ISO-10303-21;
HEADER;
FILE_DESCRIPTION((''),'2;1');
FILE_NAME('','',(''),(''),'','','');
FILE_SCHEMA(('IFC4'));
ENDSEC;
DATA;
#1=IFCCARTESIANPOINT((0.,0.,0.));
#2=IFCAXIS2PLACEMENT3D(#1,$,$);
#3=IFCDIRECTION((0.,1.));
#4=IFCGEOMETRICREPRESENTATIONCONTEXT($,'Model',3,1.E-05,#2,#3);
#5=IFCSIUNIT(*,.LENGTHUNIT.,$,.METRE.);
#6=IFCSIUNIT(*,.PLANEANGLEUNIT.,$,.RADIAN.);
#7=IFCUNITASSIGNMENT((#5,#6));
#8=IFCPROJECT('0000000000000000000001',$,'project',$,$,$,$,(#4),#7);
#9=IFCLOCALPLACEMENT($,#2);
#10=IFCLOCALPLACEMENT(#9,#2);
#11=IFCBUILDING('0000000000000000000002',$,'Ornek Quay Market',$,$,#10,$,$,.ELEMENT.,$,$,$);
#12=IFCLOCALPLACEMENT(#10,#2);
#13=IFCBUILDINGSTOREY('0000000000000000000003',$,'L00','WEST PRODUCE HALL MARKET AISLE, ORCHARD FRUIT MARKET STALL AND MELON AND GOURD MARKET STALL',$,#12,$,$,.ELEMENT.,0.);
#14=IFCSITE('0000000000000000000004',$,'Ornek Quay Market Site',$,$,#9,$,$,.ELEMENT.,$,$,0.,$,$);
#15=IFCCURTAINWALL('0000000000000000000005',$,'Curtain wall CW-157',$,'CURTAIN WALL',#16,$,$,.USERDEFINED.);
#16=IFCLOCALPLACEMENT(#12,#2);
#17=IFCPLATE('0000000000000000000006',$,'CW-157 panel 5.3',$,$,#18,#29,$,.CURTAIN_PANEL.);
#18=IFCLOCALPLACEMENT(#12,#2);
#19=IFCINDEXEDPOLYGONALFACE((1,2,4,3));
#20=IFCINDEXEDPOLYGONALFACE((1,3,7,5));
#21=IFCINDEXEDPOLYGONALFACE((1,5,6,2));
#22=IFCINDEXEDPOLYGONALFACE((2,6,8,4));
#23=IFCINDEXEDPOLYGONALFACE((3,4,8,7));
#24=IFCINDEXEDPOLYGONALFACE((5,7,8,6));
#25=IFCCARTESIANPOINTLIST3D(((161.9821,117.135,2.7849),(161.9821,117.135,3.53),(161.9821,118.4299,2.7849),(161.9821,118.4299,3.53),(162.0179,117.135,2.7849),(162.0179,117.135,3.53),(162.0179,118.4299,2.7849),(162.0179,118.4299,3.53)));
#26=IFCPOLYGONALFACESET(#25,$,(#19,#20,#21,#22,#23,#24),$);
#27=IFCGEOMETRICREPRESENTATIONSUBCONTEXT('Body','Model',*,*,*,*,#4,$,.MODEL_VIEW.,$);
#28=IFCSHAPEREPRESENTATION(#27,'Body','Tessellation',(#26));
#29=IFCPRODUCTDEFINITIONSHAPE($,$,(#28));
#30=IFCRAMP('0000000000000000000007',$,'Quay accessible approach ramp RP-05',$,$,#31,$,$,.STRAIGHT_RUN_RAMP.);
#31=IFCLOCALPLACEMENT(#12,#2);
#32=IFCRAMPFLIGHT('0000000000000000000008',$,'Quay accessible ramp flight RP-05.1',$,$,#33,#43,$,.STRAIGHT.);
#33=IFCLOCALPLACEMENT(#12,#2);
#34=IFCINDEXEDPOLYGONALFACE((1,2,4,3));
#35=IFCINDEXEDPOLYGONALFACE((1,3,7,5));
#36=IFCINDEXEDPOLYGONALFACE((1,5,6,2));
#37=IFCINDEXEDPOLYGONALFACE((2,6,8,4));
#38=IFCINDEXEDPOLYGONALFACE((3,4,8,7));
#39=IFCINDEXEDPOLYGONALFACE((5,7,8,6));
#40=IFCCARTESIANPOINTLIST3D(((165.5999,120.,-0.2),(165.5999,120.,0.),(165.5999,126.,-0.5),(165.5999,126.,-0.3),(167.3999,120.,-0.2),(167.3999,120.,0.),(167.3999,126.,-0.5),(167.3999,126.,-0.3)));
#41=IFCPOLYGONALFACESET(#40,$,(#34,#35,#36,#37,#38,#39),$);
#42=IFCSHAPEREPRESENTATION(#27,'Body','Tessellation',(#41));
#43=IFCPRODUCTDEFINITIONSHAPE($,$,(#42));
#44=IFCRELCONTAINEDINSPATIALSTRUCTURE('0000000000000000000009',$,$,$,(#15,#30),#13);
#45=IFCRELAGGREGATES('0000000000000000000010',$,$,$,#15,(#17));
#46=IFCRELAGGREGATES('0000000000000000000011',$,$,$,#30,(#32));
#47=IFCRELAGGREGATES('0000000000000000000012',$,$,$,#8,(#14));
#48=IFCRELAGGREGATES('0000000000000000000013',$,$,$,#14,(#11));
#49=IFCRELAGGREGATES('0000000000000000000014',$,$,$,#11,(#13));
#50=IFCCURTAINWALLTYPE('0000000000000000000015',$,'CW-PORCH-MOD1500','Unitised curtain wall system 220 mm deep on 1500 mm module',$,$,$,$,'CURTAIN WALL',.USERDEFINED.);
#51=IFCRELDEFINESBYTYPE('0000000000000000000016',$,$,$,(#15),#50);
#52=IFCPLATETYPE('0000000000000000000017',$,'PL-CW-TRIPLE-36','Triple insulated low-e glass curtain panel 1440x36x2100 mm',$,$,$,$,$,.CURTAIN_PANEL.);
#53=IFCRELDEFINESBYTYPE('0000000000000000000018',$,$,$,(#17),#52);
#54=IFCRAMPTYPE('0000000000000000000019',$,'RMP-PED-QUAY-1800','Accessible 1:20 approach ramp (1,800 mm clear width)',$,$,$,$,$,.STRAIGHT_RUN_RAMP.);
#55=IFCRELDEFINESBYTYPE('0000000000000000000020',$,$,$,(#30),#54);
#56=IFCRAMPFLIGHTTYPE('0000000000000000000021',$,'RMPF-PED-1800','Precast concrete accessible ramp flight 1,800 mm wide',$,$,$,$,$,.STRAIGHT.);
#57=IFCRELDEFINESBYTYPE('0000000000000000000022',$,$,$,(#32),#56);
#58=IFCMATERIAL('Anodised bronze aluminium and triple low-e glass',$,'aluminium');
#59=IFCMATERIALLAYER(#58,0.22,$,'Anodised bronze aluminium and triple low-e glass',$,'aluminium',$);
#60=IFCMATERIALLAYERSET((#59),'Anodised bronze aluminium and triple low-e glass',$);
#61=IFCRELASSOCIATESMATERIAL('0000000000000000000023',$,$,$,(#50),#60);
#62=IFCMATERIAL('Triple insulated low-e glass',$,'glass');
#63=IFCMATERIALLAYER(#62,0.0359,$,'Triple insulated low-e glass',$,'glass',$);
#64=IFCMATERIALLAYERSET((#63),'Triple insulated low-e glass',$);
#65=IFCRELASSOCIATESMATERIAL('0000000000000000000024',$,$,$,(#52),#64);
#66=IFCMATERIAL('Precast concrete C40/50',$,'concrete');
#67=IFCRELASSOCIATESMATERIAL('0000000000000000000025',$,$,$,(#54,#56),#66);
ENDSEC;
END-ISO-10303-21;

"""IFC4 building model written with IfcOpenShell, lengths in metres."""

from ifc_helpers import new_model, si_unit, direction, frame, origin, origin_2d, place, context, subcontext, project, spatial, polyline, rectangle, outline, extrude, material, layer, layer_set, type_object, element, aggregate, save


model = new_model("IFC4")

# Units and contexts
model_context = context("Model", 3, precision=1e-05, world=origin(), true_north=direction((0.0, 1.0)))
body_context = subcontext(model_context, "Body", "Model", "MODEL_VIEW")
ifc_project = project(units=[si_unit("LENGTHUNIT", "METRE"), si_unit("PLANEANGLEUNIT", "RADIAN")], contexts=[model_context])

# Site, building, storey
site_placement = place(None, origin())
site = spatial("IfcSite", under=ifc_project, at=site_placement, Name="Ornek Quay Market Site", CompositionType="ELEMENT", RefElevation=0.0)
building_placement = place(site_placement, origin())
building = spatial("IfcBuilding", under=site, at=building_placement, Name="Ornek Quay Market", CompositionType="ELEMENT")
storey_placement = place(building_placement, origin())
storey = spatial("IfcBuildingStorey", under=building, at=storey_placement, Name="L00", Description="WEST PRODUCE HALL MARKET AISLE, ORCHARD FRUIT MARKET STALL AND MELON AND GOURD MARKET STALL", CompositionType="ELEMENT", Elevation=0.0)

# Curtain wall, plate
ifc_material_1 = material(Name="Anodised bronze aluminium and triple low-e glass", Category="aluminium")
ifc_layer_1 = layer(ifc_material_1, 0.22, Name="Anodised bronze aluminium and triple low-e glass", Category="aluminium")
ifc_layer_set_1 = layer_set([ifc_layer_1], Name="Anodised bronze aluminium and triple low-e glass")
curtain_wall_type = type_object("IfcCurtainWallType", Name="CW-PORCH-MOD1500", Description="Unitised curtain wall system 220 mm deep on 1500 mm module", ElementType="CURTAIN WALL", PredefinedType="USERDEFINED", material=ifc_layer_set_1)
curtain_wall_placement = place(storey_placement, origin())
curtain_wall = element("IfcCurtainWall", 1, at=curtain_wall_placement, inside=storey, type_object=curtain_wall_type, Name="Curtain wall CW-157", ObjectType="CURTAIN WALL", PredefinedType="USERDEFINED")
ifc_material_2 = material(Name="Triple insulated low-e glass", Category="glass")
ifc_layer_2 = layer(ifc_material_2, 0.0359, Name="Triple insulated low-e glass", Category="glass")
ifc_layer_set_2 = layer_set([ifc_layer_2], Name="Triple insulated low-e glass")
plate_type = type_object("IfcPlateType", Name="PL-CW-TRIPLE-36", Description="Triple insulated low-e glass curtain panel 1440x36x2100 mm", PredefinedType="CURTAIN_PANEL", material=ifc_layer_set_2)
plate_1_placement = place(storey_placement, frame((162.0, 117.7825, 2.7849), z_axis=(0.0, 0.0, 1.0), x_axis=(0.0, 1.0, 0.0)))
plate_1 = element("IfcPlate", 2, at=plate_1_placement, type_object=plate_type, Name="CW-157 panel 5.3", PredefinedType="CURTAIN_PANEL", context=body_context, shape_type="SweptSolid", body=[
    extrude(rectangle(XDim=1.2949, YDim=0.0359, at=origin_2d()), origin(), (0.0, 0.0, 1.0), 0.7451),
])
aggregate(curtain_wall, [plate_1])

# Ramp, ramp flight
ifc_material_3 = material(Name="Precast concrete C40/50", Category="concrete")
ramp_type = type_object("IfcRampType", Name="RMP-PED-QUAY-1800", Description="Accessible 1:20 approach ramp (1,800 mm clear width)", PredefinedType="STRAIGHT_RUN_RAMP", material=ifc_material_3)
ramp_placement = place(storey_placement, origin())
ramp = element("IfcRamp", 3, at=ramp_placement, inside=storey, type_object=ramp_type, Name="Quay accessible approach ramp RP-05", PredefinedType="STRAIGHT_RUN_RAMP")
ramp_flight_type = type_object("IfcRampFlightType", Name="RMPF-PED-1800", Description="Precast concrete accessible ramp flight 1,800 mm wide", PredefinedType="STRAIGHT", material=ifc_material_3)
ramp_flight_placement = place(storey_placement, frame((166.5, 126.0, -0.3), z_axis=(0.0, 0.0, 1.0), x_axis=(0.0, -1.0, 0.0)))
ramp_flight = element("IfcRampFlight", 4, at=ramp_flight_placement, type_object=ramp_flight_type, Name="Quay accessible ramp flight RP-05.1", PredefinedType="STRAIGHT", context=body_context, shape_type="SweptSolid", body=[
    extrude(outline(polyline([(0.0, 0.0), (6.0, 0.3), (6.0, 0.1001), (0.0, -0.2), (0.0, 0.0)])), frame((0.0, 0.8999, 0.0), z_axis=(0.0, -1.0, 0.0), x_axis=(1.0, 0.0, 0.0)), (0.0, 0.0, 1.0), 1.8),
])
aggregate(ramp, [ramp_flight])

save(model, "model.ifc")
